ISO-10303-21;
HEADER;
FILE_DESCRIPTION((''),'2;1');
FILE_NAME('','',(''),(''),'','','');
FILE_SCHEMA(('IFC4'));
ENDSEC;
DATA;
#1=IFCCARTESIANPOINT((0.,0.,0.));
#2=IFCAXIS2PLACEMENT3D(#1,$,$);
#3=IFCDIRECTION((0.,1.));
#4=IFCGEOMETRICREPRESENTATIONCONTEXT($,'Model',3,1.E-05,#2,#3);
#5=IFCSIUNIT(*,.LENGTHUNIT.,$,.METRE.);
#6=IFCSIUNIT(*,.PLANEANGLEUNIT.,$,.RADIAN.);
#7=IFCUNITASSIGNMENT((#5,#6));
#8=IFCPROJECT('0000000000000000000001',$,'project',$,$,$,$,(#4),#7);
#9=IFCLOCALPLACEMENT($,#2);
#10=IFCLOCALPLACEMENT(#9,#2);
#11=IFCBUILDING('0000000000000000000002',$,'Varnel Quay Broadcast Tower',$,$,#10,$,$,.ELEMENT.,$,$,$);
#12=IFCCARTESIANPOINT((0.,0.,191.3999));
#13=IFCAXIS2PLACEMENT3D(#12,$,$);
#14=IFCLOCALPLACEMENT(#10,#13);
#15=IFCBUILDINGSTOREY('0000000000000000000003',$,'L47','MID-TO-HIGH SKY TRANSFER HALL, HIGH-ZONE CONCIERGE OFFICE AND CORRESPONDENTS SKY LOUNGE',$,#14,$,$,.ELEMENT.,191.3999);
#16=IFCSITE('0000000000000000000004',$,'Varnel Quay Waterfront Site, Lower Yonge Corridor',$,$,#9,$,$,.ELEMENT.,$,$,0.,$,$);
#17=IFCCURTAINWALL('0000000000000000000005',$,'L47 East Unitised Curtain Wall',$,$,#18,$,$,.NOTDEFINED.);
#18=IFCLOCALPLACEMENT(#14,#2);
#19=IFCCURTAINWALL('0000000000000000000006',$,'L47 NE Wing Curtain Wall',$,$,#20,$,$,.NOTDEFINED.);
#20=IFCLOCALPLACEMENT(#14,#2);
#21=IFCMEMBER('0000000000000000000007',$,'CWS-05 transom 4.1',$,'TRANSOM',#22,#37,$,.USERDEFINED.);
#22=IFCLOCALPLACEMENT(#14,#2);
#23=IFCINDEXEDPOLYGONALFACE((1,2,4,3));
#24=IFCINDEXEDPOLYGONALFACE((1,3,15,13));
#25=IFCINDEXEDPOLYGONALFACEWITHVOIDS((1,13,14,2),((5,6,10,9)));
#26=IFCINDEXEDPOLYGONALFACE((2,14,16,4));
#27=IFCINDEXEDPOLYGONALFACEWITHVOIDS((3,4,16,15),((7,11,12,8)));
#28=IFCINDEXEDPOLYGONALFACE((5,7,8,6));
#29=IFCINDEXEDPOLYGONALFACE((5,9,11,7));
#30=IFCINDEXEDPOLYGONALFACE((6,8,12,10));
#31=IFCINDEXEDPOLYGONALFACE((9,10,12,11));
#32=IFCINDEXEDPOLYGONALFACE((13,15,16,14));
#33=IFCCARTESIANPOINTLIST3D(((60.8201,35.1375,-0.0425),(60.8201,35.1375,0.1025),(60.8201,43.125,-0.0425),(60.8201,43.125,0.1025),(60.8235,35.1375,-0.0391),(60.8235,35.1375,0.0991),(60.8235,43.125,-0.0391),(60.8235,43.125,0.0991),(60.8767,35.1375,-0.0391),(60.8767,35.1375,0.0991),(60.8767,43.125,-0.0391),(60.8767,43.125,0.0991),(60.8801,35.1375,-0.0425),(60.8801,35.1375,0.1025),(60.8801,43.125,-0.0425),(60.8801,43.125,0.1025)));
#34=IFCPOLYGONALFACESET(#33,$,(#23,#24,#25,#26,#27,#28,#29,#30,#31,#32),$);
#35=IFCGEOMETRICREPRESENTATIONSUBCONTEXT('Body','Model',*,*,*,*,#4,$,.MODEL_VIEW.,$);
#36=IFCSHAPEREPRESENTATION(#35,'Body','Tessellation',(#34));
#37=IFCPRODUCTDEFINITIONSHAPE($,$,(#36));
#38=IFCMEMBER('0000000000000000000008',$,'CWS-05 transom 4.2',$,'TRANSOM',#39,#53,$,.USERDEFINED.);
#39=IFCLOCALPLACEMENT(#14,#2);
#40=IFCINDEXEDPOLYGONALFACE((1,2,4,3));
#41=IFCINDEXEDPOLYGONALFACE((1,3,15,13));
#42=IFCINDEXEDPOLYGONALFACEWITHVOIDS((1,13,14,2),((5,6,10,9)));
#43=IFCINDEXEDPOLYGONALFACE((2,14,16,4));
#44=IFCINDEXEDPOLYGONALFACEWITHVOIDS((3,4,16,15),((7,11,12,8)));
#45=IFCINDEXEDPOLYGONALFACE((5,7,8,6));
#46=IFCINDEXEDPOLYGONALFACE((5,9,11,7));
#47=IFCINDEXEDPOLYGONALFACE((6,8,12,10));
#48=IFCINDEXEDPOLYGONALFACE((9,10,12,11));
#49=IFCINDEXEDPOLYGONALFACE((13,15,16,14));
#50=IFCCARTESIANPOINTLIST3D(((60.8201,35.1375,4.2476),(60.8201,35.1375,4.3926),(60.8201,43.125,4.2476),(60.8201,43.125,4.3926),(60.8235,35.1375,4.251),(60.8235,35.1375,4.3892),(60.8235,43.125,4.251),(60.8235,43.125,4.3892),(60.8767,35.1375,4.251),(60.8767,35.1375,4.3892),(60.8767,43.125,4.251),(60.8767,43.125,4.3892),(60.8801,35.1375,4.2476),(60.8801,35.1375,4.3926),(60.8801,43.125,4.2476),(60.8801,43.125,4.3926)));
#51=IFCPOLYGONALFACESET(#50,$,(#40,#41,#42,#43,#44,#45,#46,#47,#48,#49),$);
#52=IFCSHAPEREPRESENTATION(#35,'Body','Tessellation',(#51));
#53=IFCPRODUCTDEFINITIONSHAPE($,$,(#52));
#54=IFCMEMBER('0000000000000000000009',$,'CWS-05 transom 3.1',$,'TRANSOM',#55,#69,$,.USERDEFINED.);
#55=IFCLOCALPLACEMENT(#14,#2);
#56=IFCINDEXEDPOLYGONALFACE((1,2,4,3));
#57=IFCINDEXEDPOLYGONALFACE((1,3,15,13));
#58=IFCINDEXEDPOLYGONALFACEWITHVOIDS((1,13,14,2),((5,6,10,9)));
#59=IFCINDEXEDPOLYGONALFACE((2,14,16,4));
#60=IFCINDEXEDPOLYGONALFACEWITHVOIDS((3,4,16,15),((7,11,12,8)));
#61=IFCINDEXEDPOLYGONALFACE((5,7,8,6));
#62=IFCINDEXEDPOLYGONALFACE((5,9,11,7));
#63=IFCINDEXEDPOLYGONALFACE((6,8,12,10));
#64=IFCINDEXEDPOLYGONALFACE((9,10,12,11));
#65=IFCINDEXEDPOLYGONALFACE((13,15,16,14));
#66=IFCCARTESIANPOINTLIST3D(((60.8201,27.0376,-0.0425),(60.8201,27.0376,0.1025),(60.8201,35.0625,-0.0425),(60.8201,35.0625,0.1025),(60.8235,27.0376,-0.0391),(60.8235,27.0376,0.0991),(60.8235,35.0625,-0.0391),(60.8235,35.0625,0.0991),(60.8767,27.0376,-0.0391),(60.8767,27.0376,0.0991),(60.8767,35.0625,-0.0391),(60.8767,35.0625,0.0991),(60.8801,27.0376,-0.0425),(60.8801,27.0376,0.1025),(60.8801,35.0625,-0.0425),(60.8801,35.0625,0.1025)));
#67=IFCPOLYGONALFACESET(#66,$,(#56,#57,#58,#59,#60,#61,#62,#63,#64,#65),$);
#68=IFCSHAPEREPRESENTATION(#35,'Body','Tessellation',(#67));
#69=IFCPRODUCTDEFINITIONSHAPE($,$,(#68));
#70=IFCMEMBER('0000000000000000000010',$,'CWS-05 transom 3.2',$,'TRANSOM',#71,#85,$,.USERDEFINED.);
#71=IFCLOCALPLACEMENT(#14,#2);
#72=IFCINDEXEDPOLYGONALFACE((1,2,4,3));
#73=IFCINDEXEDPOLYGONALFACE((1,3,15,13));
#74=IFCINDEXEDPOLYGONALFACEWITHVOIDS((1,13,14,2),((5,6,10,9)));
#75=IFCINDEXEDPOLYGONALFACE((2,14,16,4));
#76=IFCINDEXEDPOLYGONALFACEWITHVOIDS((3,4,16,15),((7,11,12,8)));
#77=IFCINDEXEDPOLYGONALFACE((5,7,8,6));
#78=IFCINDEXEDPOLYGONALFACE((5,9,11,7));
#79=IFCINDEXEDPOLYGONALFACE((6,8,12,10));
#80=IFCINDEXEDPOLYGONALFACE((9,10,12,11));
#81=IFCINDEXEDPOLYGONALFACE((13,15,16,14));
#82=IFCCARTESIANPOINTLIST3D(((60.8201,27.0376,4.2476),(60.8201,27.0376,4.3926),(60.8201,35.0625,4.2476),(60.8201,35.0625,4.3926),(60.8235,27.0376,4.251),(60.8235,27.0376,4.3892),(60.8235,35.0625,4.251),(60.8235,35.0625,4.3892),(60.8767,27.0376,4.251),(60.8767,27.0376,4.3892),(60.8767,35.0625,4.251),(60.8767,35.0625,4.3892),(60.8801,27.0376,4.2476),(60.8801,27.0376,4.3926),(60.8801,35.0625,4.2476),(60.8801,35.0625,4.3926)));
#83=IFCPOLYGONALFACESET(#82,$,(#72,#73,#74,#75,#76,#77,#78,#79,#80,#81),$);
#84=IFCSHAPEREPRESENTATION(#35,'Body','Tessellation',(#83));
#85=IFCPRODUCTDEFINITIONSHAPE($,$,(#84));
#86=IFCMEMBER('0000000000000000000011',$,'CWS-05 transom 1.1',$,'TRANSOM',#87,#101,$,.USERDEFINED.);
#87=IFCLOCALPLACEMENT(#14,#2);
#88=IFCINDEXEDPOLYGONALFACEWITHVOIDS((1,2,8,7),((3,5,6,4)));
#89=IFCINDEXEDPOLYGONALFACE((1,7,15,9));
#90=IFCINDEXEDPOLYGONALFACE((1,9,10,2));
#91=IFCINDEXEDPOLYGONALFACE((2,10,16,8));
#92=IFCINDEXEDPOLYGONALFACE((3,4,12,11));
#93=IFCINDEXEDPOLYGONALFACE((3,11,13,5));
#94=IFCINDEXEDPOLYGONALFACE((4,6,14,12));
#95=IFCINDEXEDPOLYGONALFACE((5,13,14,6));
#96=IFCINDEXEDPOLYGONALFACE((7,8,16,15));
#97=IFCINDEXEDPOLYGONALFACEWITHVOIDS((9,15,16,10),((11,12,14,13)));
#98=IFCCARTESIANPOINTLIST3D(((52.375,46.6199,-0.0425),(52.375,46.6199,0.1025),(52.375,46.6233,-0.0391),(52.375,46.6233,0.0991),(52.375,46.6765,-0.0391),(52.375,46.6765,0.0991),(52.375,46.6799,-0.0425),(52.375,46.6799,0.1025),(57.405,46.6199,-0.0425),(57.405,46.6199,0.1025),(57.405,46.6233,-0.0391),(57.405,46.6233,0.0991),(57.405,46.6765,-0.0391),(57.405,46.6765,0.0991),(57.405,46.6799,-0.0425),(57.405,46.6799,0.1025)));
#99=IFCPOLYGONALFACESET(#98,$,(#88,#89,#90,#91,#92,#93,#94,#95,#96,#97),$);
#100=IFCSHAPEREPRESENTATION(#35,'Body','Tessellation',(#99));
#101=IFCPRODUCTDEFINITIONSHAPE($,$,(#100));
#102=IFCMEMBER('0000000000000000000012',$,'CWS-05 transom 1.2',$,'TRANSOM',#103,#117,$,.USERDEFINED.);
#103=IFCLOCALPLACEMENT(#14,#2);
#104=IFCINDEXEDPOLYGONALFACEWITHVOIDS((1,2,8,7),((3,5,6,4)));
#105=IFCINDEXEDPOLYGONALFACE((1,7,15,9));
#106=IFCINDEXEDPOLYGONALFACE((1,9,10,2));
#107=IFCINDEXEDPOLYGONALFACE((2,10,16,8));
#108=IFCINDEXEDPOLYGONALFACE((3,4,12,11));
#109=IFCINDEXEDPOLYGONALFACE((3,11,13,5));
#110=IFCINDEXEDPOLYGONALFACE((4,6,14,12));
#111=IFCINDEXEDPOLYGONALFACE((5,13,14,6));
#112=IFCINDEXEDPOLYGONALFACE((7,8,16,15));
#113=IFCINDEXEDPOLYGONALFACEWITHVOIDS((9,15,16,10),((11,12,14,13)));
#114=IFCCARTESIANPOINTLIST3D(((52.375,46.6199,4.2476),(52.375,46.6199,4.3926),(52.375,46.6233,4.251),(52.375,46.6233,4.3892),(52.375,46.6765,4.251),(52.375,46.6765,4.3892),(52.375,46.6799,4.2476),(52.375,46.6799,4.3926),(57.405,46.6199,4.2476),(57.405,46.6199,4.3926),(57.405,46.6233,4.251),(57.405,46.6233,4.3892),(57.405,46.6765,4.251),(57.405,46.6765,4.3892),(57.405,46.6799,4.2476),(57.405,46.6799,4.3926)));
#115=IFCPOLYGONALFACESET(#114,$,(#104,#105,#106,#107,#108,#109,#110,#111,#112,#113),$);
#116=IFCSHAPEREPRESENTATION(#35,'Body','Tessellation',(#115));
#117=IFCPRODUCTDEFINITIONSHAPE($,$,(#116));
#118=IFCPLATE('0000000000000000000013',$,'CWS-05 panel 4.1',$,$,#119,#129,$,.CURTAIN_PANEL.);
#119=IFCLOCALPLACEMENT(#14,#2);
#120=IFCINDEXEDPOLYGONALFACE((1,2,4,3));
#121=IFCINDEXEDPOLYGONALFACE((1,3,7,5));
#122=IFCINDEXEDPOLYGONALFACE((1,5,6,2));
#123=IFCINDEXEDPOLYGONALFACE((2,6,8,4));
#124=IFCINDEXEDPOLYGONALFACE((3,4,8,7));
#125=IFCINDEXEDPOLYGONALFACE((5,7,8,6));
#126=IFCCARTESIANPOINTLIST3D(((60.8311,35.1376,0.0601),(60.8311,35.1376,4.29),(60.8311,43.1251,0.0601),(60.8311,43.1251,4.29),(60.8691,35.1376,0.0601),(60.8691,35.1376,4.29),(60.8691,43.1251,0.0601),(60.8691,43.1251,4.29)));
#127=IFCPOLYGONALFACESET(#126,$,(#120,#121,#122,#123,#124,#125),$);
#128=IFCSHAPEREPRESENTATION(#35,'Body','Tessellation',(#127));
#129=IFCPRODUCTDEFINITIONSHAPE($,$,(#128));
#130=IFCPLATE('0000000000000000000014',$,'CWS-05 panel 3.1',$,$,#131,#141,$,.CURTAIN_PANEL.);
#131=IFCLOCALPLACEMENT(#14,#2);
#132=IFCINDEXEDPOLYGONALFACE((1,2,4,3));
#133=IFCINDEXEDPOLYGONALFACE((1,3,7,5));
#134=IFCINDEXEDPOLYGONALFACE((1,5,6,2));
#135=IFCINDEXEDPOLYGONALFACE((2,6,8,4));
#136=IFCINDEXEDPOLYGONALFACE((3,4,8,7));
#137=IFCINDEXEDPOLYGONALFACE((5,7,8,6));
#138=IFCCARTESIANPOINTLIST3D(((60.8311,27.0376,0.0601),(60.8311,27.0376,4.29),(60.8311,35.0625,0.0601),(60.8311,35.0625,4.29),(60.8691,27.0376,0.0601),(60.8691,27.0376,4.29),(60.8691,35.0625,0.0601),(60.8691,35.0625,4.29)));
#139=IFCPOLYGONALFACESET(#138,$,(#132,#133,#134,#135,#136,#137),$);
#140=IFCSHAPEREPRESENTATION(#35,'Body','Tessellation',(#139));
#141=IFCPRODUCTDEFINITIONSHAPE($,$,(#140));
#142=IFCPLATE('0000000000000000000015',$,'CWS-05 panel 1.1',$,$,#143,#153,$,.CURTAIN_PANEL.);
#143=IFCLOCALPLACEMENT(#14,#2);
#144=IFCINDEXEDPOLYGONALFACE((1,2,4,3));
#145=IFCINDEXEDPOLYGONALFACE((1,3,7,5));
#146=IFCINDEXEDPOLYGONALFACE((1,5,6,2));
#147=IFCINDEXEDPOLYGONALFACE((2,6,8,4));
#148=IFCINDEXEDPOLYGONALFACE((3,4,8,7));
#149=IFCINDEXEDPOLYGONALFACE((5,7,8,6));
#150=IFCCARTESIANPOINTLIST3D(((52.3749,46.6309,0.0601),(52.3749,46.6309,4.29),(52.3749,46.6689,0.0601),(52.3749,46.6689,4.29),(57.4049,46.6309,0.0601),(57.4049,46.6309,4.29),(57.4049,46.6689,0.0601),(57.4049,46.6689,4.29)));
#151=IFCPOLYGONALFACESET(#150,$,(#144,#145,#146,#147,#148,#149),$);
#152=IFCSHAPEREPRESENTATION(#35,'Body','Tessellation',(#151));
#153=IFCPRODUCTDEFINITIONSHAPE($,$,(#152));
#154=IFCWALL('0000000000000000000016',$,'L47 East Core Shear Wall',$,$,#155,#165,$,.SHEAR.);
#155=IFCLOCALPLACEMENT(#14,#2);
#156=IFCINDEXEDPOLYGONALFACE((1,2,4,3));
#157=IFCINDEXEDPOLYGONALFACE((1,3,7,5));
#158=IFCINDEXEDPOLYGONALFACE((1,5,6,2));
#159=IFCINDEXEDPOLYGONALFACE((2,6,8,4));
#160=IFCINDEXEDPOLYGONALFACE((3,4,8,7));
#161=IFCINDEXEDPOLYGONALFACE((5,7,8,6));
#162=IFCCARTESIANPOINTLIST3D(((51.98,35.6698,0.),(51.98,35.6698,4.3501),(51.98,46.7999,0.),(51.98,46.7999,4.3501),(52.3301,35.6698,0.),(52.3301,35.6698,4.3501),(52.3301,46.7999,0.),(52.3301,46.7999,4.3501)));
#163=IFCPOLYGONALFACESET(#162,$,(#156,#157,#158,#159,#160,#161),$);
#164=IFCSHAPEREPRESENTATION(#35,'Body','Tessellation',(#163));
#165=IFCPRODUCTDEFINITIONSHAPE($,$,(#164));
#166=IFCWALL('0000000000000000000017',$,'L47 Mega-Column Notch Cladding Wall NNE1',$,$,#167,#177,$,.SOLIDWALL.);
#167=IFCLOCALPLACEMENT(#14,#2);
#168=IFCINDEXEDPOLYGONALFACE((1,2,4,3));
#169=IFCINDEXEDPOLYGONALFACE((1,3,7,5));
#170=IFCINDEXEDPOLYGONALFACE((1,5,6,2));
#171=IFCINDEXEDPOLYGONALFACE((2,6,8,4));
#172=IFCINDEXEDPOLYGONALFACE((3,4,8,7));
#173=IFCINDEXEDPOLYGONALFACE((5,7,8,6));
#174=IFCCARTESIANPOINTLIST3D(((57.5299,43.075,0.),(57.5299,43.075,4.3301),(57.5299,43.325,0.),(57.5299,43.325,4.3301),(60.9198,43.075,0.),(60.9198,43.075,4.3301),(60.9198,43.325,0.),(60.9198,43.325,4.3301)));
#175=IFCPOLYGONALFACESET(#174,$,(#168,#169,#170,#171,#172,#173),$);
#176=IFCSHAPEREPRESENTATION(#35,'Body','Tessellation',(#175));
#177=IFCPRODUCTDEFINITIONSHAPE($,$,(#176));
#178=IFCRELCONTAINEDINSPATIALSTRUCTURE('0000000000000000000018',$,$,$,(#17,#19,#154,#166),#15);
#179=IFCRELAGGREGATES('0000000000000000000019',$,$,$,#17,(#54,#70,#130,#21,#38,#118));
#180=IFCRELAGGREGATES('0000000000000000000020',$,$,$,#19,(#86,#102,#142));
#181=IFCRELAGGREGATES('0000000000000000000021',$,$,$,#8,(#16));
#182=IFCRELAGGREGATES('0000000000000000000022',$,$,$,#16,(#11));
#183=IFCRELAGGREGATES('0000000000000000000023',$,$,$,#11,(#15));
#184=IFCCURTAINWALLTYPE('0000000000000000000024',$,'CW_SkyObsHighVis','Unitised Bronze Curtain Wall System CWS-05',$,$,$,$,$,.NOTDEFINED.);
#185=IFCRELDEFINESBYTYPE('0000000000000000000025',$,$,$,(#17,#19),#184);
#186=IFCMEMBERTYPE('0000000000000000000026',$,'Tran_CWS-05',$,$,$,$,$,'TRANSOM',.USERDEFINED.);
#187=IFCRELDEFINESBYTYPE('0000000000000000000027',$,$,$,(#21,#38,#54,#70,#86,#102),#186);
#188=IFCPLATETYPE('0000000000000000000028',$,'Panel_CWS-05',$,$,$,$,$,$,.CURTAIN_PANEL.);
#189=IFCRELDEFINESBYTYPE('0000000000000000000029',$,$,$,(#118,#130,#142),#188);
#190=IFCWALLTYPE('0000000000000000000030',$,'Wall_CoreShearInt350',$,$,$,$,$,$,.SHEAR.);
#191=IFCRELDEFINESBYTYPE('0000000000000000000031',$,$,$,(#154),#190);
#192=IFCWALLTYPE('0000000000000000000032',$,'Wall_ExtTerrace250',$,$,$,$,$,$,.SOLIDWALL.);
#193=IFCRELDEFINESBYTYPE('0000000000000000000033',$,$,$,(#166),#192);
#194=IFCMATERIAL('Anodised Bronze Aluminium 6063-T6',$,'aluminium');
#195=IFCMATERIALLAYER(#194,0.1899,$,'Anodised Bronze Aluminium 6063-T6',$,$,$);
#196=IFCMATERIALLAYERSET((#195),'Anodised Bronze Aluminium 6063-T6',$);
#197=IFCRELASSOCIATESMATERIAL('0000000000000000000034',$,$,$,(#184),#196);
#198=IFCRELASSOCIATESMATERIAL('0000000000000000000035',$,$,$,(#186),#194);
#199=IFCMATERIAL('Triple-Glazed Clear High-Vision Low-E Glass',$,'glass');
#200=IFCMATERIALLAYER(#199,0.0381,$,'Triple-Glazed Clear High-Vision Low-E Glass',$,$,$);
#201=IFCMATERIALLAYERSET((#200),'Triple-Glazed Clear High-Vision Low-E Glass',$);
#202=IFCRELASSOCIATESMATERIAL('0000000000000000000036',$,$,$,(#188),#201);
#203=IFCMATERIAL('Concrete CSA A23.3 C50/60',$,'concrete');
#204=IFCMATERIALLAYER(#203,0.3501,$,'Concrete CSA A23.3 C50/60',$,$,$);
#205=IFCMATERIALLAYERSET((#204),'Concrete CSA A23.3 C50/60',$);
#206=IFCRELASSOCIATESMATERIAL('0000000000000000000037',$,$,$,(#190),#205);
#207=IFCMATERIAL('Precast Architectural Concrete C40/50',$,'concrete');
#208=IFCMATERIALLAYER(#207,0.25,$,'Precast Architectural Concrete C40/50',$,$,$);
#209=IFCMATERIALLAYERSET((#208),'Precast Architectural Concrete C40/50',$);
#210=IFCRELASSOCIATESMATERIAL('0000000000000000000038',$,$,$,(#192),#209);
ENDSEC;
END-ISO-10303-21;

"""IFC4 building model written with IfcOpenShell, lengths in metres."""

from ifc_helpers import new_model, si_unit, direction, frame, frame_2d, origin, origin_2d, place, context, subcontext, project, spatial, rectangle, hollow_rectangle, extrude, source, transform, mapped, material, layer, layer_set, material_profile, profile_set, type_object, type_shapes, element, aggregate, save


model = new_model("IFC4")

# Units and contexts
model_context = context("Model", 3, precision=1e-05, world=origin(), true_north=direction((0.0, 1.0)))
body_context = subcontext(model_context, "Body", "Model", "MODEL_VIEW")
ifc_project = project(units=[si_unit("LENGTHUNIT", "METRE"), si_unit("PLANEANGLEUNIT", "RADIAN")], contexts=[model_context])

# Site, building, storey
site_placement = place(None, origin())
site = spatial("IfcSite", under=ifc_project, at=site_placement, Name="Varnel Quay Waterfront Site, Lower Yonge Corridor", CompositionType="ELEMENT", RefElevation=0.0)
building_placement = place(site_placement, origin())
building = spatial("IfcBuilding", under=site, at=building_placement, Name="Varnel Quay Broadcast Tower", CompositionType="ELEMENT")
storey_placement = place(building_placement, frame((0.0, 0.0, 191.3999)))
storey = spatial("IfcBuildingStorey", under=building, at=storey_placement, Name="L47", Description="MID-TO-HIGH SKY TRANSFER HALL, HIGH-ZONE CONCIERGE OFFICE AND CORRESPONDENTS SKY LOUNGE", CompositionType="ELEMENT", Elevation=191.3999)

# Curtain walls
ifc_material_1 = material(Name="Anodised Bronze Aluminium 6063-T6", Category="aluminium")
ifc_layer_1 = layer(ifc_material_1, 0.1899, Name="Anodised Bronze Aluminium 6063-T6")
ifc_layer_set_1 = layer_set([ifc_layer_1], Name="Anodised Bronze Aluminium 6063-T6")
curtain_wall_type = type_object("IfcCurtainWallType", Name="CW_SkyObsHighVis", Description="Unitised Bronze Curtain Wall System CWS-05", PredefinedType="NOTDEFINED", material=ifc_layer_set_1)
curtain_wall_1_placement = place(storey_placement, origin())
curtain_wall_1 = element("IfcCurtainWall", 1, at=curtain_wall_1_placement, inside=storey, type_object=curtain_wall_type, Name="L47 East Unitised Curtain Wall", PredefinedType="NOTDEFINED")
curtain_wall_2_placement = place(storey_placement, origin())
curtain_wall_2 = element("IfcCurtainWall", 2, at=curtain_wall_2_placement, inside=storey, type_object=curtain_wall_type, Name="L47 NE Wing Curtain Wall", PredefinedType="NOTDEFINED")

# Members
ifc_material_profile_1 = material_profile(ifc_material_1, hollow_rectangle(XDim=0.0601, YDim=0.145, WallThickness=0.0034, at=origin_2d()), Name="ALU60X145X3.5")
ifc_profile_set_1 = profile_set([ifc_material_profile_1], Name="Anodised Bronze Aluminium 6063-T6")
member_type_1 = type_object("IfcMemberType", Name="Tran_CWS-05", ElementType="TRANSOM", PredefinedType="USERDEFINED", material=ifc_profile_set_1)
shared_shape_1 = source(origin(), body_context, "Body", "SweptSolid", [
    extrude(hollow_rectangle(XDim=0.0601, YDim=0.145, WallThickness=0.0034, at=origin_2d()), origin(), (0.0, 0.0, 1.0), 7.9875),
])
member_1_placement = place(storey_placement, frame((60.8501, 35.1375, 0.03), z_axis=(0.0, 1.0, 0.0), x_axis=(-1.0, 0.0, 0.0)))
member_1 = element("IfcMember", 3, at=member_1_placement, type_object=member_type_1, Name="CWS-05 transom 4.1", ObjectType="TRANSOM", PredefinedType="USERDEFINED", context=body_context, shape_type="MappedRepresentation", body=[
    mapped(shared_shape_1, transform((0.0, 0.0, 0.0), x_axis=(1.0, 0.0, 0.0), y_axis=(0.0, 1.0, 0.0), z_axis=(0.0, 0.0, 1.0), scale=1.0)),
])
member_2_placement = place(storey_placement, frame((60.8501, 35.1375, 4.3201), z_axis=(0.0, 1.0, 0.0), x_axis=(-1.0, 0.0, 0.0)))
member_2 = element("IfcMember", 4, at=member_2_placement, type_object=member_type_1, Name="CWS-05 transom 4.2", ObjectType="TRANSOM", PredefinedType="USERDEFINED", context=body_context, shape_type="MappedRepresentation", body=[
    mapped(shared_shape_1, transform((0.0, 0.0, 0.0), x_axis=(1.0, 0.0, 0.0), y_axis=(0.0, 1.0, 0.0), z_axis=(0.0, 0.0, 1.0), scale=1.0)),
])
shared_shape_2 = source(origin(), body_context, "Body", "SweptSolid", [
    extrude(hollow_rectangle(XDim=0.0601, YDim=0.145, WallThickness=0.0034, at=origin_2d()), origin(), (0.0, 0.0, 1.0), 8.0249),
])
member_3_placement = place(storey_placement, frame((60.8501, 27.0376, 0.03), z_axis=(0.0, 1.0, 0.0), x_axis=(-1.0, 0.0, 0.0)))
member_3 = element("IfcMember", 5, at=member_3_placement, type_object=member_type_1, Name="CWS-05 transom 3.1", ObjectType="TRANSOM", PredefinedType="USERDEFINED", context=body_context, shape_type="MappedRepresentation", body=[
    mapped(shared_shape_2, transform((0.0, 0.0, 0.0), x_axis=(1.0, 0.0, 0.0), y_axis=(0.0, 1.0, 0.0), z_axis=(0.0, 0.0, 1.0), scale=1.0)),
])
member_4_placement = place(storey_placement, frame((60.8501, 27.0376, 4.3201), z_axis=(0.0, 1.0, 0.0), x_axis=(-1.0, 0.0, 0.0)))
member_4 = element("IfcMember", 6, at=member_4_placement, type_object=member_type_1, Name="CWS-05 transom 3.2", ObjectType="TRANSOM", PredefinedType="USERDEFINED", context=body_context, shape_type="MappedRepresentation", body=[
    mapped(shared_shape_2, transform((0.0, 0.0, 0.0), x_axis=(1.0, 0.0, 0.0), y_axis=(0.0, 1.0, 0.0), z_axis=(0.0, 0.0, 1.0), scale=1.0)),
])
shared_shape_3 = source(origin(), body_context, "Body", "SweptSolid", [
    extrude(hollow_rectangle(XDim=0.0601, YDim=0.145, WallThickness=0.0034, at=origin_2d()), origin(), (0.0, 0.0, 1.0), 5.03),
])
type_shapes(member_type_1, [shared_shape_1, shared_shape_2, shared_shape_3])
member_5_placement = place(storey_placement, frame((52.375, 46.6499, 0.03), z_axis=(1.0, 0.0, 0.0), x_axis=(0.0, 1.0, 0.0)))
member_5 = element("IfcMember", 7, at=member_5_placement, type_object=member_type_1, Name="CWS-05 transom 1.1", ObjectType="TRANSOM", PredefinedType="USERDEFINED", context=body_context, shape_type="MappedRepresentation", body=[
    mapped(shared_shape_3, transform((0.0, 0.0, 0.0), x_axis=(1.0, 0.0, 0.0), y_axis=(0.0, 1.0, 0.0), z_axis=(0.0, 0.0, 1.0), scale=1.0)),
])
member_6_placement = place(storey_placement, frame((52.375, 46.6499, 4.3201), z_axis=(1.0, 0.0, 0.0), x_axis=(0.0, 1.0, 0.0)))
member_6 = element("IfcMember", 8, at=member_6_placement, type_object=member_type_1, Name="CWS-05 transom 1.2", ObjectType="TRANSOM", PredefinedType="USERDEFINED", context=body_context, shape_type="MappedRepresentation", body=[
    mapped(shared_shape_3, transform((0.0, 0.0, 0.0), x_axis=(1.0, 0.0, 0.0), y_axis=(0.0, 1.0, 0.0), z_axis=(0.0, 0.0, 1.0), scale=1.0)),
])

# Plates
ifc_material_2 = material(Name="Triple-Glazed Clear High-Vision Low-E Glass", Category="glass")
ifc_layer_2 = layer(ifc_material_2, 0.0381, Name="Triple-Glazed Clear High-Vision Low-E Glass")
ifc_layer_set_2 = layer_set([ifc_layer_2], Name="Triple-Glazed Clear High-Vision Low-E Glass")
plate_type = type_object("IfcPlateType", Name="Panel_CWS-05", PredefinedType="CURTAIN_PANEL", material=ifc_layer_set_2)
shared_shape_4 = source(origin(), body_context, "Body", "SweptSolid", [
    extrude(rectangle(XDim=7.9875, YDim=0.0381, at=origin_2d()), origin(), (0.0, 0.0, 1.0), 4.23),
])
plate_1_placement = place(storey_placement, frame((60.8501, 39.1313, 0.0601), z_axis=(0.0, 0.0, 1.0), x_axis=(0.0, 1.0, 0.0)))
plate_1 = element("IfcPlate", 9, at=plate_1_placement, type_object=plate_type, Name="CWS-05 panel 4.1", PredefinedType="CURTAIN_PANEL", context=body_context, shape_type="MappedRepresentation", body=[
    mapped(shared_shape_4, transform((0.0, 0.0, 0.0), x_axis=(1.0, 0.0, 0.0), y_axis=(0.0, 1.0, 0.0), z_axis=(0.0, 0.0, 1.0), scale=1.0)),
])
shared_shape_5 = source(origin(), body_context, "Body", "SweptSolid", [
    extrude(rectangle(XDim=8.0249, YDim=0.0381, at=origin_2d()), origin(), (0.0, 0.0, 1.0), 4.23),
])
plate_2_placement = place(storey_placement, frame((60.8501, 31.05, 0.0601), z_axis=(0.0, 0.0, 1.0), x_axis=(0.0, 1.0, 0.0)))
plate_2 = element("IfcPlate", 10, at=plate_2_placement, type_object=plate_type, Name="CWS-05 panel 3.1", PredefinedType="CURTAIN_PANEL", context=body_context, shape_type="MappedRepresentation", body=[
    mapped(shared_shape_5, transform((0.0, 0.0, 0.0), x_axis=(1.0, 0.0, 0.0), y_axis=(0.0, 1.0, 0.0), z_axis=(0.0, 0.0, 1.0), scale=1.0)),
])
aggregate(curtain_wall_1, [member_3, member_4, plate_2, member_1, member_2, plate_1])
shared_shape_6 = source(origin(), body_context, "Body", "SweptSolid", [
    extrude(rectangle(XDim=5.03, YDim=0.0381, at=origin_2d()), origin(), (0.0, 0.0, 1.0), 4.23),
])
type_shapes(plate_type, [shared_shape_4, shared_shape_5, shared_shape_6])
plate_3_placement = place(storey_placement, frame((54.8899, 46.6499, 0.0601), z_axis=(0.0, 0.0, 1.0), x_axis=(1.0, 0.0, 0.0)))
plate_3 = element("IfcPlate", 11, at=plate_3_placement, type_object=plate_type, Name="CWS-05 panel 1.1", PredefinedType="CURTAIN_PANEL", context=body_context, shape_type="MappedRepresentation", body=[
    mapped(shared_shape_6, transform((0.0, 0.0, 0.0), x_axis=(1.0, 0.0, 0.0), y_axis=(0.0, 1.0, 0.0), z_axis=(0.0, 0.0, 1.0), scale=1.0)),
])
aggregate(curtain_wall_2, [member_5, member_6, plate_3])

# Walls
ifc_material_3 = material(Name="Concrete CSA A23.3 C50/60", Category="concrete")
ifc_layer_3 = layer(ifc_material_3, 0.3501, Name="Concrete CSA A23.3 C50/60")
ifc_layer_set_3 = layer_set([ifc_layer_3], Name="Concrete CSA A23.3 C50/60")
wall_type_1 = type_object("IfcWallType", Name="Wall_CoreShearInt350", PredefinedType="SHEAR", material=ifc_layer_set_3)
wall_1_placement = place(storey_placement, frame((52.155, 35.6699, 0.0), z_axis=(0.0, 0.0, 1.0), x_axis=(0.0, 1.0, 0.0)))
element("IfcWall", 12, at=wall_1_placement, inside=storey, type_object=wall_type_1, Name="L47 East Core Shear Wall", PredefinedType="SHEAR", context=body_context, shape_type="SweptSolid", body=[
    extrude(rectangle(XDim=11.1301, YDim=0.3501, at=frame_2d((5.5649, 0.0))), origin(), (0.0, 0.0, 1.0), 4.3501),
])
ifc_material_4 = material(Name="Precast Architectural Concrete C40/50", Category="concrete")
ifc_layer_4 = layer(ifc_material_4, 0.25, Name="Precast Architectural Concrete C40/50")
ifc_layer_set_4 = layer_set([ifc_layer_4], Name="Precast Architectural Concrete C40/50")
wall_type_2 = type_object("IfcWallType", Name="Wall_ExtTerrace250", PredefinedType="SOLIDWALL", material=ifc_layer_set_4)
wall_2_placement = place(storey_placement, frame((57.53, 43.2, 0.0), z_axis=(0.0, 0.0, 1.0), x_axis=(1.0, 0.0, 0.0)))
element("IfcWall", 13, at=wall_2_placement, inside=storey, type_object=wall_type_2, Name="L47 Mega-Column Notch Cladding Wall NNE1", PredefinedType="SOLIDWALL", context=body_context, shape_type="SweptSolid", body=[
    extrude(rectangle(XDim=3.3899, YDim=0.25, at=frame_2d((1.6948, 0.0))), origin(), (0.0, 0.0, 1.0), 4.3301),
])

save(model, "model.ifc")
